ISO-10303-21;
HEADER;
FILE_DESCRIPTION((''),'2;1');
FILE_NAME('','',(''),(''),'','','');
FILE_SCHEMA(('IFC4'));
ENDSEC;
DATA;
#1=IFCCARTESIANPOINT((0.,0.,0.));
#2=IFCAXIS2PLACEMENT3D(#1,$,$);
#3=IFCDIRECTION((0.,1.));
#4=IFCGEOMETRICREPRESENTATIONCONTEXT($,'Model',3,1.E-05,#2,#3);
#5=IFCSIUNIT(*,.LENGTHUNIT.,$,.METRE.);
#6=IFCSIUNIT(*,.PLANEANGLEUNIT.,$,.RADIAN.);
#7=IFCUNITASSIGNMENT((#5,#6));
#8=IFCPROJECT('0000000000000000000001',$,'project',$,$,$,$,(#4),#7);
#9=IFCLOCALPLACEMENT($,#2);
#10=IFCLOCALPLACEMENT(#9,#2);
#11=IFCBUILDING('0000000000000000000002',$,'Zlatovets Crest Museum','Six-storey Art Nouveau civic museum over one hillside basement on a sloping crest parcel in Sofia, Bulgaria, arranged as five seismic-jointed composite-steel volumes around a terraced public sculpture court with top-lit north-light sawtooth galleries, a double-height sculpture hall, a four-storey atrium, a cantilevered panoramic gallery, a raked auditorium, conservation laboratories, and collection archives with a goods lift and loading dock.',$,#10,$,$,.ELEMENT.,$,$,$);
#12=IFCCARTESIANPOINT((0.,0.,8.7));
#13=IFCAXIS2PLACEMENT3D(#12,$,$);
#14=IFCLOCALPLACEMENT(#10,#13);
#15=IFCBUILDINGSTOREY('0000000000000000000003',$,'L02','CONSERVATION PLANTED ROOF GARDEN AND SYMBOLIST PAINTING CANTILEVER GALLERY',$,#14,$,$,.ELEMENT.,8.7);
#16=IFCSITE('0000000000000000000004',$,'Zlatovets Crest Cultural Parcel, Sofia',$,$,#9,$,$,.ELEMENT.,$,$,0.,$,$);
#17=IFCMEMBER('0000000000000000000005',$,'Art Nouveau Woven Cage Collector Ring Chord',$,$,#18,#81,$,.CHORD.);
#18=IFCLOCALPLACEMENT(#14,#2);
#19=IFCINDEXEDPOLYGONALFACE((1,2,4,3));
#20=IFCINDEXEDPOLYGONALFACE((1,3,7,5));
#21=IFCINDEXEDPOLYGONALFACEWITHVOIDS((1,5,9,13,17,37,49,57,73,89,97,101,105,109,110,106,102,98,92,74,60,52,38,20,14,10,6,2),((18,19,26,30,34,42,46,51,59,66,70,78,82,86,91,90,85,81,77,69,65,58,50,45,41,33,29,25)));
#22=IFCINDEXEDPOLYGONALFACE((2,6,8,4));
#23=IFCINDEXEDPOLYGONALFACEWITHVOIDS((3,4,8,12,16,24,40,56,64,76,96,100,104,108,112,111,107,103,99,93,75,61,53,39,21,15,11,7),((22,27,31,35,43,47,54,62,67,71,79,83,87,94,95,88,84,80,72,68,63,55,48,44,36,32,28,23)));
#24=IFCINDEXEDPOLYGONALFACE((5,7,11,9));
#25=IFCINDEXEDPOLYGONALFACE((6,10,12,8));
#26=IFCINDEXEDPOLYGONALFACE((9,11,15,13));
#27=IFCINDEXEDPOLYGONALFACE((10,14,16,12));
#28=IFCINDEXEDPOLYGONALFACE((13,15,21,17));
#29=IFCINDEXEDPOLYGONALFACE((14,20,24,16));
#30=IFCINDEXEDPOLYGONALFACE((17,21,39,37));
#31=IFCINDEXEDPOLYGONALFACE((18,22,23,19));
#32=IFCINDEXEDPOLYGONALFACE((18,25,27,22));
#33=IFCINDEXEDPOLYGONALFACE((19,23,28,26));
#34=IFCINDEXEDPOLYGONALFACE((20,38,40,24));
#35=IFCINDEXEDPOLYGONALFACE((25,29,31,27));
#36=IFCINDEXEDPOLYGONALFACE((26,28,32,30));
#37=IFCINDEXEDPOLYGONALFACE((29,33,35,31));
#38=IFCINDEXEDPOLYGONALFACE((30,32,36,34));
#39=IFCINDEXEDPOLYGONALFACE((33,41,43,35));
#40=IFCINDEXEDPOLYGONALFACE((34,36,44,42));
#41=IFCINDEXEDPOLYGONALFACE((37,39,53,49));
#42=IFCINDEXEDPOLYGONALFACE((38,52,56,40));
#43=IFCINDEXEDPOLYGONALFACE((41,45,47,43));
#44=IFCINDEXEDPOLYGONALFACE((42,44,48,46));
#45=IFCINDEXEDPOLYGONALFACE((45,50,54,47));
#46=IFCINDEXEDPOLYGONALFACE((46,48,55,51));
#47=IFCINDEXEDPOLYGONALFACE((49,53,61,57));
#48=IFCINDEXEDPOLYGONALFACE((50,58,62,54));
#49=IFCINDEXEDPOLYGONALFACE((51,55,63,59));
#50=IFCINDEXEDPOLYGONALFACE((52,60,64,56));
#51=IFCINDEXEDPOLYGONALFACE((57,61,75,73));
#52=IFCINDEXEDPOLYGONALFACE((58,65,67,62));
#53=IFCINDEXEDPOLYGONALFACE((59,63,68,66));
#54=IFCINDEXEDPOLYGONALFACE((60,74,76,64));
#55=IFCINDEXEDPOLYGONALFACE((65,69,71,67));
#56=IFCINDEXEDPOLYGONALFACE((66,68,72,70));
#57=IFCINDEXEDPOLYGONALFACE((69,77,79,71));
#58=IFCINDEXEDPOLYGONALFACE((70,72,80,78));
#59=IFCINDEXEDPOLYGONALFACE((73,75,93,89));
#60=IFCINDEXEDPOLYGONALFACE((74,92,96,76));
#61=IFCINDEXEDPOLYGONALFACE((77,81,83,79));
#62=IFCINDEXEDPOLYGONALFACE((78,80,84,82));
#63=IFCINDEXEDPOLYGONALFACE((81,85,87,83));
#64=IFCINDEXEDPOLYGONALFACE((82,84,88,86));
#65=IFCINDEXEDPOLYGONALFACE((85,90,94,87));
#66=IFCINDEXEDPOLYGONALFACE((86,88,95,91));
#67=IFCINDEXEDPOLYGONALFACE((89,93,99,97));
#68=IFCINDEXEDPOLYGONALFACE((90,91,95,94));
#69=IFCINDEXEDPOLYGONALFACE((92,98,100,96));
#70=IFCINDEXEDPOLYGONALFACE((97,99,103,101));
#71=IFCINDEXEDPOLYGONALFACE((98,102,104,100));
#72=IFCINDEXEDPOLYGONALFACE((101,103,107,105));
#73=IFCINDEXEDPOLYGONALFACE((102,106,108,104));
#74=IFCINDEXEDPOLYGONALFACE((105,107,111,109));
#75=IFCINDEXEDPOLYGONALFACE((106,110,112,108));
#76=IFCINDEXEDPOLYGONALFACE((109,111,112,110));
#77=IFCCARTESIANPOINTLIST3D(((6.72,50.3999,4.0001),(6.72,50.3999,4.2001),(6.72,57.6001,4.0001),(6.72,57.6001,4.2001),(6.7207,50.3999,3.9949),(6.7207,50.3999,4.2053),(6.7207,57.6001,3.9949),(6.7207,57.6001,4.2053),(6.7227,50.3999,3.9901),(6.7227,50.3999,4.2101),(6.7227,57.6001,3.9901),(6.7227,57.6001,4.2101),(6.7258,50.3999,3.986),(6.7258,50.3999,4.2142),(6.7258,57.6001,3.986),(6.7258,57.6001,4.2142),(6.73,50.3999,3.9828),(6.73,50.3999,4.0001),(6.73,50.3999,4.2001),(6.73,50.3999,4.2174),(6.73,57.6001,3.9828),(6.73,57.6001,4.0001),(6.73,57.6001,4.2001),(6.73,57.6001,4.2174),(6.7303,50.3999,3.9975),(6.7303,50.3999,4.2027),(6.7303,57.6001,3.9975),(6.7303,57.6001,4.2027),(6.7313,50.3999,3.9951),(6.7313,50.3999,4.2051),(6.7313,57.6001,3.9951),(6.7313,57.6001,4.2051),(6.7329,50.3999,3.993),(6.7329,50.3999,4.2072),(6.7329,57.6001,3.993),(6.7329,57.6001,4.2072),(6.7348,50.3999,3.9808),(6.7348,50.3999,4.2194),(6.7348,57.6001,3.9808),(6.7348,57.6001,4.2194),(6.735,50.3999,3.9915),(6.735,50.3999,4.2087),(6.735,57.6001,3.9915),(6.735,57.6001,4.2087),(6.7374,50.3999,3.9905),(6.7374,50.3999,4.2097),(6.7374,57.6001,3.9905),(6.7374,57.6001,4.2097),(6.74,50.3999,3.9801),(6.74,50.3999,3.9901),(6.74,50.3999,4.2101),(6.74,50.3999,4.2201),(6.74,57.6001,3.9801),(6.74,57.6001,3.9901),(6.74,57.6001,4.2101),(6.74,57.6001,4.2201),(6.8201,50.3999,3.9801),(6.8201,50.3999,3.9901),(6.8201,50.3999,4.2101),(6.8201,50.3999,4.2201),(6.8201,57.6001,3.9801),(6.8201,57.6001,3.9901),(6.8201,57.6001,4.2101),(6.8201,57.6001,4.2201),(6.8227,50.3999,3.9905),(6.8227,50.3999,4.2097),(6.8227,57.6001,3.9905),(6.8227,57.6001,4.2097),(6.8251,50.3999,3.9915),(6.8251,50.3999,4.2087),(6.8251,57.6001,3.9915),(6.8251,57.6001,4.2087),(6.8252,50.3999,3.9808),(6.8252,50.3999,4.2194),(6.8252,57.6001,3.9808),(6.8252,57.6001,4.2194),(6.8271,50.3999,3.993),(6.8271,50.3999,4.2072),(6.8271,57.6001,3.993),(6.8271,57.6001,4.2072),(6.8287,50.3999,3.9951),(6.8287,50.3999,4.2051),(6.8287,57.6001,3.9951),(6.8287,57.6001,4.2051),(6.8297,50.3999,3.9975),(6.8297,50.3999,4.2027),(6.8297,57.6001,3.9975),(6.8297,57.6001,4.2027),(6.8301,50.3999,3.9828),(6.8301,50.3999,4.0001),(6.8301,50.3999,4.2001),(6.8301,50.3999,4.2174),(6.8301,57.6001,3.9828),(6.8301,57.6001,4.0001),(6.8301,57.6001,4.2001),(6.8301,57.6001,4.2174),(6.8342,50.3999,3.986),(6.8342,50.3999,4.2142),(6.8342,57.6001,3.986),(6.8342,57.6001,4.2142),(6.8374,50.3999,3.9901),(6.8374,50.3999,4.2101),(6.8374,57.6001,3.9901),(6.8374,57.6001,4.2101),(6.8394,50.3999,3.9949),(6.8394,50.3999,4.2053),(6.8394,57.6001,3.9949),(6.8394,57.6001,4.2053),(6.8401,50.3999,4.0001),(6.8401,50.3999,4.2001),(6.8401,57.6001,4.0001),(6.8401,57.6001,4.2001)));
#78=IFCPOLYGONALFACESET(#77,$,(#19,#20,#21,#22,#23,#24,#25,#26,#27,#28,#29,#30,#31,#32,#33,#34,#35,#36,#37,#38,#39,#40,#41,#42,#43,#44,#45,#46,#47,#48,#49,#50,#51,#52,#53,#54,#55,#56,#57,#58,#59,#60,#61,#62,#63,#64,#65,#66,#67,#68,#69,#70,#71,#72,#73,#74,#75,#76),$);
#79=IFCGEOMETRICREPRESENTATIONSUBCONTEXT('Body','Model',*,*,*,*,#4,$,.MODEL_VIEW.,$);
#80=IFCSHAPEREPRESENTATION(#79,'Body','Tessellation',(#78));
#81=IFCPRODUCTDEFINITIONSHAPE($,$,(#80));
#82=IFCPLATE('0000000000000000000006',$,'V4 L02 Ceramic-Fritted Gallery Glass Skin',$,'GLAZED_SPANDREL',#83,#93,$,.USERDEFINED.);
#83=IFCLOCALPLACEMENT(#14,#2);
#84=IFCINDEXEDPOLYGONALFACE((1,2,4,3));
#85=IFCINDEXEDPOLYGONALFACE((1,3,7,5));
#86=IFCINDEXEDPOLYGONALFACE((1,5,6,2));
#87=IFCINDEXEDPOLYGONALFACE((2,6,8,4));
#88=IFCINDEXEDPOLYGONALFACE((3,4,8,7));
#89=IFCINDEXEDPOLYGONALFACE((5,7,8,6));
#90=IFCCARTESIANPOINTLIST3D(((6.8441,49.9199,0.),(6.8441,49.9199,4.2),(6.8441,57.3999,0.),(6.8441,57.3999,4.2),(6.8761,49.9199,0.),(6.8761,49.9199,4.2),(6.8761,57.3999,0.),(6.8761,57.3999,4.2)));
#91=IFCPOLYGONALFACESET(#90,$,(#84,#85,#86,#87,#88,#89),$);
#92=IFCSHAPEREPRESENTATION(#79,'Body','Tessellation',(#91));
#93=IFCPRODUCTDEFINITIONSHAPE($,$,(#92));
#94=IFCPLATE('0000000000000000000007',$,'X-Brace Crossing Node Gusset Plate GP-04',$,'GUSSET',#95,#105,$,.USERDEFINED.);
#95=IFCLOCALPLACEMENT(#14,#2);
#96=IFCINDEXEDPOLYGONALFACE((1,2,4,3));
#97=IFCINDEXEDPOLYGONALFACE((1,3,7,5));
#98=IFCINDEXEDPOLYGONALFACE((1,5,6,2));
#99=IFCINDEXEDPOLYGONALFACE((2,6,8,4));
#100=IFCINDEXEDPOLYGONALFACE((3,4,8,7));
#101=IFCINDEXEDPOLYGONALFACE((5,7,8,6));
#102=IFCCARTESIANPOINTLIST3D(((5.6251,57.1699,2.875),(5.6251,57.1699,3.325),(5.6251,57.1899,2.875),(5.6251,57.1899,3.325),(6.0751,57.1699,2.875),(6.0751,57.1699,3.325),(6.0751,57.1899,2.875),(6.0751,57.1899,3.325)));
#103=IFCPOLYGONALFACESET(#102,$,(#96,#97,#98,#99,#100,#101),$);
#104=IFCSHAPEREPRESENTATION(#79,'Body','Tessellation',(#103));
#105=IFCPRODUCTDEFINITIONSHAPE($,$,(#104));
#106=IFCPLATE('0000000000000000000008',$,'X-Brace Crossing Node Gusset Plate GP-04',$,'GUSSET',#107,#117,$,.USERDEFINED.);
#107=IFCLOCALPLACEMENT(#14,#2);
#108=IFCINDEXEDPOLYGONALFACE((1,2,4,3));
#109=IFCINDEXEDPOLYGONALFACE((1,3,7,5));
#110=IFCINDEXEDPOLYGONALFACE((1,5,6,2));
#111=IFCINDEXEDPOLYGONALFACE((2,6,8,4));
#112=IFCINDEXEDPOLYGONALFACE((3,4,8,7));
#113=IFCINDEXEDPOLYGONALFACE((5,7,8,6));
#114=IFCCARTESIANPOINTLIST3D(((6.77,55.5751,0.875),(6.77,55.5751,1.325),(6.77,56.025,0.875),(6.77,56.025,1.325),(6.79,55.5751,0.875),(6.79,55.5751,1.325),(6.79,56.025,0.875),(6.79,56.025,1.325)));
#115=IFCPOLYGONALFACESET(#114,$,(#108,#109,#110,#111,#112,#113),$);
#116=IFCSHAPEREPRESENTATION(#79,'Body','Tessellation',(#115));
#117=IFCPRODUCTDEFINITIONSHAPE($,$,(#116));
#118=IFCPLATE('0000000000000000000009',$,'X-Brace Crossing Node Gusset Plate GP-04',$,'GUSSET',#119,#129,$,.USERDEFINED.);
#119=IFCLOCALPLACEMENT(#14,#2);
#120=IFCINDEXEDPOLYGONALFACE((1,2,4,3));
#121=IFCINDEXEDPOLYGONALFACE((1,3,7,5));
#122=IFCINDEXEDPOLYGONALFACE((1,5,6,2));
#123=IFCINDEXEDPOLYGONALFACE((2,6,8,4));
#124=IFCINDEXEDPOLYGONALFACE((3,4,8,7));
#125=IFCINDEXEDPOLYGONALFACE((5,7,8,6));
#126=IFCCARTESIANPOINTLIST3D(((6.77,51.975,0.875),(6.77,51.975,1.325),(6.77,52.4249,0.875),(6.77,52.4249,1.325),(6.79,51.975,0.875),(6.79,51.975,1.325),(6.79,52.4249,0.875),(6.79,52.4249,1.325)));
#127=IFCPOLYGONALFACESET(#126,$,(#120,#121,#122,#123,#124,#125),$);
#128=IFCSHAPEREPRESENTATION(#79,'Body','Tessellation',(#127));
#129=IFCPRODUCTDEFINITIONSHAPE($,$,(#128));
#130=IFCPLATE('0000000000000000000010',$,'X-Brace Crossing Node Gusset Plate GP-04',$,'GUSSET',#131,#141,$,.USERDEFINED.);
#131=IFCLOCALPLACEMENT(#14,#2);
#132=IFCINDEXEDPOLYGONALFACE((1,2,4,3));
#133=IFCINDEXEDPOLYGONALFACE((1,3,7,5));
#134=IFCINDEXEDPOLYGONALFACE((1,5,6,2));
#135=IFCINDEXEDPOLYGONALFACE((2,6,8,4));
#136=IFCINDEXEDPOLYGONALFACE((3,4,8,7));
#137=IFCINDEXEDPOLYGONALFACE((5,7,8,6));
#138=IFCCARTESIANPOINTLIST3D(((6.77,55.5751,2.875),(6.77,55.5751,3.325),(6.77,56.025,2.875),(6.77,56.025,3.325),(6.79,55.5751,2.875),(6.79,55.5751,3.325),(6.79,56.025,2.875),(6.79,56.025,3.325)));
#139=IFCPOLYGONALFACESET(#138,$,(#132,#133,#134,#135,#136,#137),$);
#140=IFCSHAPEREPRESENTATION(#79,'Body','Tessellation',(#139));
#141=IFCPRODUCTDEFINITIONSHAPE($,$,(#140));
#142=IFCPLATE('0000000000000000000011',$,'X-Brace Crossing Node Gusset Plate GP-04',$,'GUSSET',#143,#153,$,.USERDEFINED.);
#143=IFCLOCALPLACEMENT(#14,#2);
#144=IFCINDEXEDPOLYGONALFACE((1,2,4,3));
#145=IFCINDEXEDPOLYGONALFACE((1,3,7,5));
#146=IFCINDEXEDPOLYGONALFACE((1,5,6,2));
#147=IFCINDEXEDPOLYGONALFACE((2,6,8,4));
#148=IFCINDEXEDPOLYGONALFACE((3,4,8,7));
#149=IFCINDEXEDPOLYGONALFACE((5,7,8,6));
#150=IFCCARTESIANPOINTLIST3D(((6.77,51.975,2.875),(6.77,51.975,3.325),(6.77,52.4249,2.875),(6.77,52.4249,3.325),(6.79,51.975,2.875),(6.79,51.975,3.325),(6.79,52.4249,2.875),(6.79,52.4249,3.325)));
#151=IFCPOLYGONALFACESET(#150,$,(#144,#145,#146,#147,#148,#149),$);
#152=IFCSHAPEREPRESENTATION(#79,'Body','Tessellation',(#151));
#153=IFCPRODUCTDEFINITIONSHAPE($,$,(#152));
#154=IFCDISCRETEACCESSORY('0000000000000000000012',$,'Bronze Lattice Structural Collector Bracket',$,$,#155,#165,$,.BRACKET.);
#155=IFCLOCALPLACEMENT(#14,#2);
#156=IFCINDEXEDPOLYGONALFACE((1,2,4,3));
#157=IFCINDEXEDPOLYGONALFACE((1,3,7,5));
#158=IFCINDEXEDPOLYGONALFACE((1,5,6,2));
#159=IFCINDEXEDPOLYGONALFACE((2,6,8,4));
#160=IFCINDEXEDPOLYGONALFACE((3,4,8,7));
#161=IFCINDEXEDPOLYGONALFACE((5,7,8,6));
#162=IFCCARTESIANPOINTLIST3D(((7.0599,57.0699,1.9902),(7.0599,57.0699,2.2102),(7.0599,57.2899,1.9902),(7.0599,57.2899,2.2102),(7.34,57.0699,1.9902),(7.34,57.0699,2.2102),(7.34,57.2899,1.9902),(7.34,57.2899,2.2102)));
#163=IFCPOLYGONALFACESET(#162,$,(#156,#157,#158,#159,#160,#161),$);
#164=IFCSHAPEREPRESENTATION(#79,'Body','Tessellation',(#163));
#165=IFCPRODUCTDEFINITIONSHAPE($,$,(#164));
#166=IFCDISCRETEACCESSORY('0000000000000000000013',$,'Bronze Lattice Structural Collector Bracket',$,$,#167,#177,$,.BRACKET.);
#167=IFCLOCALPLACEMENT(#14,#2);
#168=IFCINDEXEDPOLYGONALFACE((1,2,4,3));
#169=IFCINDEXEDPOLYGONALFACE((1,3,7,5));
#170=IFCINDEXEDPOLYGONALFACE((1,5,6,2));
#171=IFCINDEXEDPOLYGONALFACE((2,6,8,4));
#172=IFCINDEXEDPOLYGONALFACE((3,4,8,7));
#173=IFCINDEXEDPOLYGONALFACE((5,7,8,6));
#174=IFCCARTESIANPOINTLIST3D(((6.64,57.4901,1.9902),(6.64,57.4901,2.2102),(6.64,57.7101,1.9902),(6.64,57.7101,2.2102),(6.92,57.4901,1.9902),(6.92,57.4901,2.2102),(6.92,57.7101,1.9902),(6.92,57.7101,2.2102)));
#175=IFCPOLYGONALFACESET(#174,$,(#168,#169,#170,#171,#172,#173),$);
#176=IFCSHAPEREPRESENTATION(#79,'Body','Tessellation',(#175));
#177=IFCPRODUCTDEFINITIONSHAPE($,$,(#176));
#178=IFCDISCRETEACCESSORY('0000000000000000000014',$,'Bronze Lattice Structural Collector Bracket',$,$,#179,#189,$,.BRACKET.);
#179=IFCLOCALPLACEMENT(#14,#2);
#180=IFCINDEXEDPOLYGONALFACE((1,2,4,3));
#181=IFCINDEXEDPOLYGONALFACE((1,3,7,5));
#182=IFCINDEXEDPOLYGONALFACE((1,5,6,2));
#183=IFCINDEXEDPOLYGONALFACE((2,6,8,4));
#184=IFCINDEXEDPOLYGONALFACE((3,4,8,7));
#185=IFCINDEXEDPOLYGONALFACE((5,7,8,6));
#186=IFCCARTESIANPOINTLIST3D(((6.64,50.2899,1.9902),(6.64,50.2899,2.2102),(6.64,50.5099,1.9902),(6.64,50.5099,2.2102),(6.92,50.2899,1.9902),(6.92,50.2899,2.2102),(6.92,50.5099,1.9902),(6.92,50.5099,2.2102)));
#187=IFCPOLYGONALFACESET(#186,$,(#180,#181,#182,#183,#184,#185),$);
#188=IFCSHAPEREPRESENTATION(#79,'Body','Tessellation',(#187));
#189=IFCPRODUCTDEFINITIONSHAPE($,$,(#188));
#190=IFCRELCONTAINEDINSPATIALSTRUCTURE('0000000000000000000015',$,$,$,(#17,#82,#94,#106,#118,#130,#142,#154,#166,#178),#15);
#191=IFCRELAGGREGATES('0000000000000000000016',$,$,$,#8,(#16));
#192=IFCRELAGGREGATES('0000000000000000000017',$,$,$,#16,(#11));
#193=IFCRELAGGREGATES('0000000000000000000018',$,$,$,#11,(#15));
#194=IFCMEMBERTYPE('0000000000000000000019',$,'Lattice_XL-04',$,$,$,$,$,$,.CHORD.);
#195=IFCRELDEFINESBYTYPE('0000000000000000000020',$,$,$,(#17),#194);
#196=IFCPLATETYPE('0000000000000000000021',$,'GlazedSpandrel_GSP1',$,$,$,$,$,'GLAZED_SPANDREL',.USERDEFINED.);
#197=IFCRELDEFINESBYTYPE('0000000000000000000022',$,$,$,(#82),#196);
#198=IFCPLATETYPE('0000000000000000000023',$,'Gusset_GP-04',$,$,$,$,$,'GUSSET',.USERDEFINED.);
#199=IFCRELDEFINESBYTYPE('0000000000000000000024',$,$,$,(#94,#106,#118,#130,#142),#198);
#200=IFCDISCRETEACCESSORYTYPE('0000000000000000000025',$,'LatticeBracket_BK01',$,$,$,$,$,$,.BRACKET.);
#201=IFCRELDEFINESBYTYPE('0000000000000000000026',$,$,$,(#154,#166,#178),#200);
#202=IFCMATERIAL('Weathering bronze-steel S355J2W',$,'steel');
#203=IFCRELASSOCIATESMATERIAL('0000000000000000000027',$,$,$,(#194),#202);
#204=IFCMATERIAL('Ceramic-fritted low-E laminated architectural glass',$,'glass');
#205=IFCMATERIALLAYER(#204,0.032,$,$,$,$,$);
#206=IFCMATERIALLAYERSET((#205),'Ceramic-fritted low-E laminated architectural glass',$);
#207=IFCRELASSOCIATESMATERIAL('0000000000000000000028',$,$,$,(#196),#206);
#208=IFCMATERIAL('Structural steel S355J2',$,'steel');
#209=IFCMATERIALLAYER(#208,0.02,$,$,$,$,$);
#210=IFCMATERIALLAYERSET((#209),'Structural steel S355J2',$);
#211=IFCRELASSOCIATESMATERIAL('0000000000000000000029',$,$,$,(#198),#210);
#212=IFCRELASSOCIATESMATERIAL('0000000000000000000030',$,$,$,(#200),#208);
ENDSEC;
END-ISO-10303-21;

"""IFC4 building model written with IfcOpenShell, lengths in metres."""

from ifc_helpers import new_model, si_unit, direction, frame, origin, origin_2d, place, context, subcontext, project, spatial, rectangle, hollow_rectangle, extrude, material, layer, layer_set, material_profile, profile_set, type_object, element, save


model = new_model("IFC4")

# Units and contexts
model_context = context("Model", 3, precision=1e-05, world=origin(), true_north=direction((0.0, 1.0)))
body_context = subcontext(model_context, "Body", "Model", "MODEL_VIEW")
ifc_project = project(units=[si_unit("LENGTHUNIT", "METRE"), si_unit("PLANEANGLEUNIT", "RADIAN")], contexts=[model_context])

# Site, building, storey
site_placement = place(None, origin())
site = spatial("IfcSite", under=ifc_project, at=site_placement, Name="Zlatovets Crest Cultural Parcel, Sofia", CompositionType="ELEMENT", RefElevation=0.0)
building_placement = place(site_placement, origin())
building = spatial("IfcBuilding", under=site, at=building_placement, Name="Zlatovets Crest Museum", Description="Six-storey Art Nouveau civic museum over one hillside basement on a sloping crest parcel in Sofia, Bulgaria, arranged as five seismic-jointed composite-steel volumes around a terraced public sculpture court with top-lit north-light sawtooth galleries, a double-height sculpture hall, a four-storey atrium, a cantilevered panoramic gallery, a raked auditorium, conservation laboratories, and collection archives with a goods lift and loading dock.", CompositionType="ELEMENT")
storey_placement = place(building_placement, frame((0.0, 0.0, 8.7)))
storey = spatial("IfcBuildingStorey", under=building, at=storey_placement, Name="L02", Description="CONSERVATION PLANTED ROOF GARDEN AND SYMBOLIST PAINTING CANTILEVER GALLERY", CompositionType="ELEMENT", Elevation=8.7)

# Shared definitions
ifc_material_1 = material(Name="Structural steel S355J2", Category="steel")

# Member
ifc_material_2 = material(Name="Weathering bronze-steel S355J2W", Category="steel")
ifc_material_profile_1 = material_profile(ifc_material_2, hollow_rectangle(XDim=0.1201, YDim=0.24, WallThickness=0.01, InnerFilletRadius=0.01, OuterFilletRadius=0.02, at=origin_2d()), Name="RHS 120x240x10.0")
ifc_profile_set_1 = profile_set([ifc_material_profile_1], Name="Weathering bronze-steel S355J2W")
member_type_1 = type_object("IfcMemberType", Name="Lattice_XL-04", PredefinedType="CHORD", material=ifc_profile_set_1)
member_1_placement = place(storey_placement, frame((6.78, 57.6001, 4.1001), z_axis=(0.0, -1.0, 0.0), x_axis=(1.0, 0.0, 0.0)))
element("IfcMember", 1, at=member_1_placement, inside=storey, type_object=member_type_1, Name="Art Nouveau Woven Cage Collector Ring Chord", PredefinedType="CHORD", context=body_context, shape_type="SweptSolid", body=[
    extrude(hollow_rectangle(XDim=0.1201, YDim=0.24, WallThickness=0.01, InnerFilletRadius=0.01, OuterFilletRadius=0.02, at=origin_2d()), origin(), (0.0, 0.0, 1.0), 7.2002),
])

# Plates
ifc_material_3 = material(Name="Ceramic-fritted low-E laminated architectural glass", Category="glass")
ifc_layer_1 = layer(ifc_material_3, 0.032)
ifc_layer_set_1 = layer_set([ifc_layer_1], Name="Ceramic-fritted low-E laminated architectural glass")
plate_type_1 = type_object("IfcPlateType", Name="GlazedSpandrel_GSP1", ElementType="GLAZED_SPANDREL", PredefinedType="USERDEFINED", material=ifc_layer_set_1)
plate_1_placement = place(storey_placement, frame((6.8601, 53.6599, 0.0), z_axis=(0.0, 0.0, 1.0), x_axis=(0.0, 1.0, 0.0)))
element("IfcPlate", 2, at=plate_1_placement, inside=storey, type_object=plate_type_1, Name="V4 L02 Ceramic-Fritted Gallery Glass Skin", ObjectType="GLAZED_SPANDREL", PredefinedType="USERDEFINED", context=body_context, shape_type="SweptSolid", body=[
    extrude(rectangle(XDim=7.48, YDim=0.032, at=origin_2d()), origin(), (0.0, 0.0, 1.0), 4.2),
])
ifc_layer_2 = layer(ifc_material_1, 0.02)
ifc_layer_set_2 = layer_set([ifc_layer_2], Name="Structural steel S355J2")
plate_type_2 = type_object("IfcPlateType", Name="Gusset_GP-04", ElementType="GUSSET", PredefinedType="USERDEFINED", material=ifc_layer_set_2)
plate_2_placement = place(storey_placement, frame((5.8501, 57.1799, 2.875), z_axis=(0.0, 0.0, 1.0), x_axis=(1.0, 0.0, 0.0)))
element("IfcPlate", 3, at=plate_2_placement, inside=storey, type_object=plate_type_2, Name="X-Brace Crossing Node Gusset Plate GP-04", ObjectType="GUSSET", PredefinedType="USERDEFINED", context=body_context, shape_type="SweptSolid", body=[
    extrude(rectangle(XDim=0.45, YDim=0.02, at=origin_2d()), origin(), (0.0, 0.0, 1.0), 0.45),
])
for number, where, z_axis, x_axis, name in (
    (4, (6.78, 55.8, 0.875), (0.0, 0.0, 1.0), (1.0, 0.0, 0.0), "X-Brace Crossing Node Gusset Plate GP-04"),
    (5, (6.78, 52.2, 0.875), (0.0, 0.0, 1.0), (1.0, 0.0, 0.0), "X-Brace Crossing Node Gusset Plate GP-04"),
    (6, (6.78, 55.8, 2.875), (0.0, 0.0, 1.0), (1.0, 0.0, 0.0), "X-Brace Crossing Node Gusset Plate GP-04"),
    (7, (6.78, 52.2, 2.875), (0.0, 0.0, 1.0), (1.0, 0.0, 0.0), "X-Brace Crossing Node Gusset Plate GP-04"),
):
    element("IfcPlate", number, at=place(storey_placement, frame(where, z_axis=z_axis, x_axis=x_axis)), inside=storey, type_object=plate_type_2, Name=name, ObjectType="GUSSET", PredefinedType="USERDEFINED", context=body_context, shape_type="SweptSolid", body=[
        extrude(rectangle(XDim=0.02, YDim=0.45, at=origin_2d()), origin(), (0.0, 0.0, 1.0), 0.45),
    ])

# Discrete accessories
discrete_accessory_type = type_object("IfcDiscreteAccessoryType", Name="LatticeBracket_BK01", PredefinedType="BRACKET", material=ifc_material_1)
for number, where, z_axis, x_axis, name in (
    (8, (7.2, 57.1799, 1.9902), (0.0, 0.0, 1.0), (1.0, 0.0, 0.0), "Bronze Lattice Structural Collector Bracket"),
    (9, (6.78, 57.6001, 1.9902), (0.0, 0.0, 1.0), (1.0, 0.0, 0.0), "Bronze Lattice Structural Collector Bracket"),
    (10, (6.78, 50.3999, 1.9902), (0.0, 0.0, 1.0), (1.0, 0.0, 0.0), "Bronze Lattice Structural Collector Bracket"),
):
    element("IfcDiscreteAccessory", number, at=place(storey_placement, frame(where, z_axis=z_axis, x_axis=x_axis)), inside=storey, type_object=discrete_accessory_type, Name=name, PredefinedType="BRACKET", context=body_context, shape_type="SweptSolid", body=[
        extrude(rectangle(XDim=0.28, YDim=0.22, at=origin_2d()), origin(), (0.0, 0.0, 1.0), 0.22),
    ])

save(model, "model.ifc")
